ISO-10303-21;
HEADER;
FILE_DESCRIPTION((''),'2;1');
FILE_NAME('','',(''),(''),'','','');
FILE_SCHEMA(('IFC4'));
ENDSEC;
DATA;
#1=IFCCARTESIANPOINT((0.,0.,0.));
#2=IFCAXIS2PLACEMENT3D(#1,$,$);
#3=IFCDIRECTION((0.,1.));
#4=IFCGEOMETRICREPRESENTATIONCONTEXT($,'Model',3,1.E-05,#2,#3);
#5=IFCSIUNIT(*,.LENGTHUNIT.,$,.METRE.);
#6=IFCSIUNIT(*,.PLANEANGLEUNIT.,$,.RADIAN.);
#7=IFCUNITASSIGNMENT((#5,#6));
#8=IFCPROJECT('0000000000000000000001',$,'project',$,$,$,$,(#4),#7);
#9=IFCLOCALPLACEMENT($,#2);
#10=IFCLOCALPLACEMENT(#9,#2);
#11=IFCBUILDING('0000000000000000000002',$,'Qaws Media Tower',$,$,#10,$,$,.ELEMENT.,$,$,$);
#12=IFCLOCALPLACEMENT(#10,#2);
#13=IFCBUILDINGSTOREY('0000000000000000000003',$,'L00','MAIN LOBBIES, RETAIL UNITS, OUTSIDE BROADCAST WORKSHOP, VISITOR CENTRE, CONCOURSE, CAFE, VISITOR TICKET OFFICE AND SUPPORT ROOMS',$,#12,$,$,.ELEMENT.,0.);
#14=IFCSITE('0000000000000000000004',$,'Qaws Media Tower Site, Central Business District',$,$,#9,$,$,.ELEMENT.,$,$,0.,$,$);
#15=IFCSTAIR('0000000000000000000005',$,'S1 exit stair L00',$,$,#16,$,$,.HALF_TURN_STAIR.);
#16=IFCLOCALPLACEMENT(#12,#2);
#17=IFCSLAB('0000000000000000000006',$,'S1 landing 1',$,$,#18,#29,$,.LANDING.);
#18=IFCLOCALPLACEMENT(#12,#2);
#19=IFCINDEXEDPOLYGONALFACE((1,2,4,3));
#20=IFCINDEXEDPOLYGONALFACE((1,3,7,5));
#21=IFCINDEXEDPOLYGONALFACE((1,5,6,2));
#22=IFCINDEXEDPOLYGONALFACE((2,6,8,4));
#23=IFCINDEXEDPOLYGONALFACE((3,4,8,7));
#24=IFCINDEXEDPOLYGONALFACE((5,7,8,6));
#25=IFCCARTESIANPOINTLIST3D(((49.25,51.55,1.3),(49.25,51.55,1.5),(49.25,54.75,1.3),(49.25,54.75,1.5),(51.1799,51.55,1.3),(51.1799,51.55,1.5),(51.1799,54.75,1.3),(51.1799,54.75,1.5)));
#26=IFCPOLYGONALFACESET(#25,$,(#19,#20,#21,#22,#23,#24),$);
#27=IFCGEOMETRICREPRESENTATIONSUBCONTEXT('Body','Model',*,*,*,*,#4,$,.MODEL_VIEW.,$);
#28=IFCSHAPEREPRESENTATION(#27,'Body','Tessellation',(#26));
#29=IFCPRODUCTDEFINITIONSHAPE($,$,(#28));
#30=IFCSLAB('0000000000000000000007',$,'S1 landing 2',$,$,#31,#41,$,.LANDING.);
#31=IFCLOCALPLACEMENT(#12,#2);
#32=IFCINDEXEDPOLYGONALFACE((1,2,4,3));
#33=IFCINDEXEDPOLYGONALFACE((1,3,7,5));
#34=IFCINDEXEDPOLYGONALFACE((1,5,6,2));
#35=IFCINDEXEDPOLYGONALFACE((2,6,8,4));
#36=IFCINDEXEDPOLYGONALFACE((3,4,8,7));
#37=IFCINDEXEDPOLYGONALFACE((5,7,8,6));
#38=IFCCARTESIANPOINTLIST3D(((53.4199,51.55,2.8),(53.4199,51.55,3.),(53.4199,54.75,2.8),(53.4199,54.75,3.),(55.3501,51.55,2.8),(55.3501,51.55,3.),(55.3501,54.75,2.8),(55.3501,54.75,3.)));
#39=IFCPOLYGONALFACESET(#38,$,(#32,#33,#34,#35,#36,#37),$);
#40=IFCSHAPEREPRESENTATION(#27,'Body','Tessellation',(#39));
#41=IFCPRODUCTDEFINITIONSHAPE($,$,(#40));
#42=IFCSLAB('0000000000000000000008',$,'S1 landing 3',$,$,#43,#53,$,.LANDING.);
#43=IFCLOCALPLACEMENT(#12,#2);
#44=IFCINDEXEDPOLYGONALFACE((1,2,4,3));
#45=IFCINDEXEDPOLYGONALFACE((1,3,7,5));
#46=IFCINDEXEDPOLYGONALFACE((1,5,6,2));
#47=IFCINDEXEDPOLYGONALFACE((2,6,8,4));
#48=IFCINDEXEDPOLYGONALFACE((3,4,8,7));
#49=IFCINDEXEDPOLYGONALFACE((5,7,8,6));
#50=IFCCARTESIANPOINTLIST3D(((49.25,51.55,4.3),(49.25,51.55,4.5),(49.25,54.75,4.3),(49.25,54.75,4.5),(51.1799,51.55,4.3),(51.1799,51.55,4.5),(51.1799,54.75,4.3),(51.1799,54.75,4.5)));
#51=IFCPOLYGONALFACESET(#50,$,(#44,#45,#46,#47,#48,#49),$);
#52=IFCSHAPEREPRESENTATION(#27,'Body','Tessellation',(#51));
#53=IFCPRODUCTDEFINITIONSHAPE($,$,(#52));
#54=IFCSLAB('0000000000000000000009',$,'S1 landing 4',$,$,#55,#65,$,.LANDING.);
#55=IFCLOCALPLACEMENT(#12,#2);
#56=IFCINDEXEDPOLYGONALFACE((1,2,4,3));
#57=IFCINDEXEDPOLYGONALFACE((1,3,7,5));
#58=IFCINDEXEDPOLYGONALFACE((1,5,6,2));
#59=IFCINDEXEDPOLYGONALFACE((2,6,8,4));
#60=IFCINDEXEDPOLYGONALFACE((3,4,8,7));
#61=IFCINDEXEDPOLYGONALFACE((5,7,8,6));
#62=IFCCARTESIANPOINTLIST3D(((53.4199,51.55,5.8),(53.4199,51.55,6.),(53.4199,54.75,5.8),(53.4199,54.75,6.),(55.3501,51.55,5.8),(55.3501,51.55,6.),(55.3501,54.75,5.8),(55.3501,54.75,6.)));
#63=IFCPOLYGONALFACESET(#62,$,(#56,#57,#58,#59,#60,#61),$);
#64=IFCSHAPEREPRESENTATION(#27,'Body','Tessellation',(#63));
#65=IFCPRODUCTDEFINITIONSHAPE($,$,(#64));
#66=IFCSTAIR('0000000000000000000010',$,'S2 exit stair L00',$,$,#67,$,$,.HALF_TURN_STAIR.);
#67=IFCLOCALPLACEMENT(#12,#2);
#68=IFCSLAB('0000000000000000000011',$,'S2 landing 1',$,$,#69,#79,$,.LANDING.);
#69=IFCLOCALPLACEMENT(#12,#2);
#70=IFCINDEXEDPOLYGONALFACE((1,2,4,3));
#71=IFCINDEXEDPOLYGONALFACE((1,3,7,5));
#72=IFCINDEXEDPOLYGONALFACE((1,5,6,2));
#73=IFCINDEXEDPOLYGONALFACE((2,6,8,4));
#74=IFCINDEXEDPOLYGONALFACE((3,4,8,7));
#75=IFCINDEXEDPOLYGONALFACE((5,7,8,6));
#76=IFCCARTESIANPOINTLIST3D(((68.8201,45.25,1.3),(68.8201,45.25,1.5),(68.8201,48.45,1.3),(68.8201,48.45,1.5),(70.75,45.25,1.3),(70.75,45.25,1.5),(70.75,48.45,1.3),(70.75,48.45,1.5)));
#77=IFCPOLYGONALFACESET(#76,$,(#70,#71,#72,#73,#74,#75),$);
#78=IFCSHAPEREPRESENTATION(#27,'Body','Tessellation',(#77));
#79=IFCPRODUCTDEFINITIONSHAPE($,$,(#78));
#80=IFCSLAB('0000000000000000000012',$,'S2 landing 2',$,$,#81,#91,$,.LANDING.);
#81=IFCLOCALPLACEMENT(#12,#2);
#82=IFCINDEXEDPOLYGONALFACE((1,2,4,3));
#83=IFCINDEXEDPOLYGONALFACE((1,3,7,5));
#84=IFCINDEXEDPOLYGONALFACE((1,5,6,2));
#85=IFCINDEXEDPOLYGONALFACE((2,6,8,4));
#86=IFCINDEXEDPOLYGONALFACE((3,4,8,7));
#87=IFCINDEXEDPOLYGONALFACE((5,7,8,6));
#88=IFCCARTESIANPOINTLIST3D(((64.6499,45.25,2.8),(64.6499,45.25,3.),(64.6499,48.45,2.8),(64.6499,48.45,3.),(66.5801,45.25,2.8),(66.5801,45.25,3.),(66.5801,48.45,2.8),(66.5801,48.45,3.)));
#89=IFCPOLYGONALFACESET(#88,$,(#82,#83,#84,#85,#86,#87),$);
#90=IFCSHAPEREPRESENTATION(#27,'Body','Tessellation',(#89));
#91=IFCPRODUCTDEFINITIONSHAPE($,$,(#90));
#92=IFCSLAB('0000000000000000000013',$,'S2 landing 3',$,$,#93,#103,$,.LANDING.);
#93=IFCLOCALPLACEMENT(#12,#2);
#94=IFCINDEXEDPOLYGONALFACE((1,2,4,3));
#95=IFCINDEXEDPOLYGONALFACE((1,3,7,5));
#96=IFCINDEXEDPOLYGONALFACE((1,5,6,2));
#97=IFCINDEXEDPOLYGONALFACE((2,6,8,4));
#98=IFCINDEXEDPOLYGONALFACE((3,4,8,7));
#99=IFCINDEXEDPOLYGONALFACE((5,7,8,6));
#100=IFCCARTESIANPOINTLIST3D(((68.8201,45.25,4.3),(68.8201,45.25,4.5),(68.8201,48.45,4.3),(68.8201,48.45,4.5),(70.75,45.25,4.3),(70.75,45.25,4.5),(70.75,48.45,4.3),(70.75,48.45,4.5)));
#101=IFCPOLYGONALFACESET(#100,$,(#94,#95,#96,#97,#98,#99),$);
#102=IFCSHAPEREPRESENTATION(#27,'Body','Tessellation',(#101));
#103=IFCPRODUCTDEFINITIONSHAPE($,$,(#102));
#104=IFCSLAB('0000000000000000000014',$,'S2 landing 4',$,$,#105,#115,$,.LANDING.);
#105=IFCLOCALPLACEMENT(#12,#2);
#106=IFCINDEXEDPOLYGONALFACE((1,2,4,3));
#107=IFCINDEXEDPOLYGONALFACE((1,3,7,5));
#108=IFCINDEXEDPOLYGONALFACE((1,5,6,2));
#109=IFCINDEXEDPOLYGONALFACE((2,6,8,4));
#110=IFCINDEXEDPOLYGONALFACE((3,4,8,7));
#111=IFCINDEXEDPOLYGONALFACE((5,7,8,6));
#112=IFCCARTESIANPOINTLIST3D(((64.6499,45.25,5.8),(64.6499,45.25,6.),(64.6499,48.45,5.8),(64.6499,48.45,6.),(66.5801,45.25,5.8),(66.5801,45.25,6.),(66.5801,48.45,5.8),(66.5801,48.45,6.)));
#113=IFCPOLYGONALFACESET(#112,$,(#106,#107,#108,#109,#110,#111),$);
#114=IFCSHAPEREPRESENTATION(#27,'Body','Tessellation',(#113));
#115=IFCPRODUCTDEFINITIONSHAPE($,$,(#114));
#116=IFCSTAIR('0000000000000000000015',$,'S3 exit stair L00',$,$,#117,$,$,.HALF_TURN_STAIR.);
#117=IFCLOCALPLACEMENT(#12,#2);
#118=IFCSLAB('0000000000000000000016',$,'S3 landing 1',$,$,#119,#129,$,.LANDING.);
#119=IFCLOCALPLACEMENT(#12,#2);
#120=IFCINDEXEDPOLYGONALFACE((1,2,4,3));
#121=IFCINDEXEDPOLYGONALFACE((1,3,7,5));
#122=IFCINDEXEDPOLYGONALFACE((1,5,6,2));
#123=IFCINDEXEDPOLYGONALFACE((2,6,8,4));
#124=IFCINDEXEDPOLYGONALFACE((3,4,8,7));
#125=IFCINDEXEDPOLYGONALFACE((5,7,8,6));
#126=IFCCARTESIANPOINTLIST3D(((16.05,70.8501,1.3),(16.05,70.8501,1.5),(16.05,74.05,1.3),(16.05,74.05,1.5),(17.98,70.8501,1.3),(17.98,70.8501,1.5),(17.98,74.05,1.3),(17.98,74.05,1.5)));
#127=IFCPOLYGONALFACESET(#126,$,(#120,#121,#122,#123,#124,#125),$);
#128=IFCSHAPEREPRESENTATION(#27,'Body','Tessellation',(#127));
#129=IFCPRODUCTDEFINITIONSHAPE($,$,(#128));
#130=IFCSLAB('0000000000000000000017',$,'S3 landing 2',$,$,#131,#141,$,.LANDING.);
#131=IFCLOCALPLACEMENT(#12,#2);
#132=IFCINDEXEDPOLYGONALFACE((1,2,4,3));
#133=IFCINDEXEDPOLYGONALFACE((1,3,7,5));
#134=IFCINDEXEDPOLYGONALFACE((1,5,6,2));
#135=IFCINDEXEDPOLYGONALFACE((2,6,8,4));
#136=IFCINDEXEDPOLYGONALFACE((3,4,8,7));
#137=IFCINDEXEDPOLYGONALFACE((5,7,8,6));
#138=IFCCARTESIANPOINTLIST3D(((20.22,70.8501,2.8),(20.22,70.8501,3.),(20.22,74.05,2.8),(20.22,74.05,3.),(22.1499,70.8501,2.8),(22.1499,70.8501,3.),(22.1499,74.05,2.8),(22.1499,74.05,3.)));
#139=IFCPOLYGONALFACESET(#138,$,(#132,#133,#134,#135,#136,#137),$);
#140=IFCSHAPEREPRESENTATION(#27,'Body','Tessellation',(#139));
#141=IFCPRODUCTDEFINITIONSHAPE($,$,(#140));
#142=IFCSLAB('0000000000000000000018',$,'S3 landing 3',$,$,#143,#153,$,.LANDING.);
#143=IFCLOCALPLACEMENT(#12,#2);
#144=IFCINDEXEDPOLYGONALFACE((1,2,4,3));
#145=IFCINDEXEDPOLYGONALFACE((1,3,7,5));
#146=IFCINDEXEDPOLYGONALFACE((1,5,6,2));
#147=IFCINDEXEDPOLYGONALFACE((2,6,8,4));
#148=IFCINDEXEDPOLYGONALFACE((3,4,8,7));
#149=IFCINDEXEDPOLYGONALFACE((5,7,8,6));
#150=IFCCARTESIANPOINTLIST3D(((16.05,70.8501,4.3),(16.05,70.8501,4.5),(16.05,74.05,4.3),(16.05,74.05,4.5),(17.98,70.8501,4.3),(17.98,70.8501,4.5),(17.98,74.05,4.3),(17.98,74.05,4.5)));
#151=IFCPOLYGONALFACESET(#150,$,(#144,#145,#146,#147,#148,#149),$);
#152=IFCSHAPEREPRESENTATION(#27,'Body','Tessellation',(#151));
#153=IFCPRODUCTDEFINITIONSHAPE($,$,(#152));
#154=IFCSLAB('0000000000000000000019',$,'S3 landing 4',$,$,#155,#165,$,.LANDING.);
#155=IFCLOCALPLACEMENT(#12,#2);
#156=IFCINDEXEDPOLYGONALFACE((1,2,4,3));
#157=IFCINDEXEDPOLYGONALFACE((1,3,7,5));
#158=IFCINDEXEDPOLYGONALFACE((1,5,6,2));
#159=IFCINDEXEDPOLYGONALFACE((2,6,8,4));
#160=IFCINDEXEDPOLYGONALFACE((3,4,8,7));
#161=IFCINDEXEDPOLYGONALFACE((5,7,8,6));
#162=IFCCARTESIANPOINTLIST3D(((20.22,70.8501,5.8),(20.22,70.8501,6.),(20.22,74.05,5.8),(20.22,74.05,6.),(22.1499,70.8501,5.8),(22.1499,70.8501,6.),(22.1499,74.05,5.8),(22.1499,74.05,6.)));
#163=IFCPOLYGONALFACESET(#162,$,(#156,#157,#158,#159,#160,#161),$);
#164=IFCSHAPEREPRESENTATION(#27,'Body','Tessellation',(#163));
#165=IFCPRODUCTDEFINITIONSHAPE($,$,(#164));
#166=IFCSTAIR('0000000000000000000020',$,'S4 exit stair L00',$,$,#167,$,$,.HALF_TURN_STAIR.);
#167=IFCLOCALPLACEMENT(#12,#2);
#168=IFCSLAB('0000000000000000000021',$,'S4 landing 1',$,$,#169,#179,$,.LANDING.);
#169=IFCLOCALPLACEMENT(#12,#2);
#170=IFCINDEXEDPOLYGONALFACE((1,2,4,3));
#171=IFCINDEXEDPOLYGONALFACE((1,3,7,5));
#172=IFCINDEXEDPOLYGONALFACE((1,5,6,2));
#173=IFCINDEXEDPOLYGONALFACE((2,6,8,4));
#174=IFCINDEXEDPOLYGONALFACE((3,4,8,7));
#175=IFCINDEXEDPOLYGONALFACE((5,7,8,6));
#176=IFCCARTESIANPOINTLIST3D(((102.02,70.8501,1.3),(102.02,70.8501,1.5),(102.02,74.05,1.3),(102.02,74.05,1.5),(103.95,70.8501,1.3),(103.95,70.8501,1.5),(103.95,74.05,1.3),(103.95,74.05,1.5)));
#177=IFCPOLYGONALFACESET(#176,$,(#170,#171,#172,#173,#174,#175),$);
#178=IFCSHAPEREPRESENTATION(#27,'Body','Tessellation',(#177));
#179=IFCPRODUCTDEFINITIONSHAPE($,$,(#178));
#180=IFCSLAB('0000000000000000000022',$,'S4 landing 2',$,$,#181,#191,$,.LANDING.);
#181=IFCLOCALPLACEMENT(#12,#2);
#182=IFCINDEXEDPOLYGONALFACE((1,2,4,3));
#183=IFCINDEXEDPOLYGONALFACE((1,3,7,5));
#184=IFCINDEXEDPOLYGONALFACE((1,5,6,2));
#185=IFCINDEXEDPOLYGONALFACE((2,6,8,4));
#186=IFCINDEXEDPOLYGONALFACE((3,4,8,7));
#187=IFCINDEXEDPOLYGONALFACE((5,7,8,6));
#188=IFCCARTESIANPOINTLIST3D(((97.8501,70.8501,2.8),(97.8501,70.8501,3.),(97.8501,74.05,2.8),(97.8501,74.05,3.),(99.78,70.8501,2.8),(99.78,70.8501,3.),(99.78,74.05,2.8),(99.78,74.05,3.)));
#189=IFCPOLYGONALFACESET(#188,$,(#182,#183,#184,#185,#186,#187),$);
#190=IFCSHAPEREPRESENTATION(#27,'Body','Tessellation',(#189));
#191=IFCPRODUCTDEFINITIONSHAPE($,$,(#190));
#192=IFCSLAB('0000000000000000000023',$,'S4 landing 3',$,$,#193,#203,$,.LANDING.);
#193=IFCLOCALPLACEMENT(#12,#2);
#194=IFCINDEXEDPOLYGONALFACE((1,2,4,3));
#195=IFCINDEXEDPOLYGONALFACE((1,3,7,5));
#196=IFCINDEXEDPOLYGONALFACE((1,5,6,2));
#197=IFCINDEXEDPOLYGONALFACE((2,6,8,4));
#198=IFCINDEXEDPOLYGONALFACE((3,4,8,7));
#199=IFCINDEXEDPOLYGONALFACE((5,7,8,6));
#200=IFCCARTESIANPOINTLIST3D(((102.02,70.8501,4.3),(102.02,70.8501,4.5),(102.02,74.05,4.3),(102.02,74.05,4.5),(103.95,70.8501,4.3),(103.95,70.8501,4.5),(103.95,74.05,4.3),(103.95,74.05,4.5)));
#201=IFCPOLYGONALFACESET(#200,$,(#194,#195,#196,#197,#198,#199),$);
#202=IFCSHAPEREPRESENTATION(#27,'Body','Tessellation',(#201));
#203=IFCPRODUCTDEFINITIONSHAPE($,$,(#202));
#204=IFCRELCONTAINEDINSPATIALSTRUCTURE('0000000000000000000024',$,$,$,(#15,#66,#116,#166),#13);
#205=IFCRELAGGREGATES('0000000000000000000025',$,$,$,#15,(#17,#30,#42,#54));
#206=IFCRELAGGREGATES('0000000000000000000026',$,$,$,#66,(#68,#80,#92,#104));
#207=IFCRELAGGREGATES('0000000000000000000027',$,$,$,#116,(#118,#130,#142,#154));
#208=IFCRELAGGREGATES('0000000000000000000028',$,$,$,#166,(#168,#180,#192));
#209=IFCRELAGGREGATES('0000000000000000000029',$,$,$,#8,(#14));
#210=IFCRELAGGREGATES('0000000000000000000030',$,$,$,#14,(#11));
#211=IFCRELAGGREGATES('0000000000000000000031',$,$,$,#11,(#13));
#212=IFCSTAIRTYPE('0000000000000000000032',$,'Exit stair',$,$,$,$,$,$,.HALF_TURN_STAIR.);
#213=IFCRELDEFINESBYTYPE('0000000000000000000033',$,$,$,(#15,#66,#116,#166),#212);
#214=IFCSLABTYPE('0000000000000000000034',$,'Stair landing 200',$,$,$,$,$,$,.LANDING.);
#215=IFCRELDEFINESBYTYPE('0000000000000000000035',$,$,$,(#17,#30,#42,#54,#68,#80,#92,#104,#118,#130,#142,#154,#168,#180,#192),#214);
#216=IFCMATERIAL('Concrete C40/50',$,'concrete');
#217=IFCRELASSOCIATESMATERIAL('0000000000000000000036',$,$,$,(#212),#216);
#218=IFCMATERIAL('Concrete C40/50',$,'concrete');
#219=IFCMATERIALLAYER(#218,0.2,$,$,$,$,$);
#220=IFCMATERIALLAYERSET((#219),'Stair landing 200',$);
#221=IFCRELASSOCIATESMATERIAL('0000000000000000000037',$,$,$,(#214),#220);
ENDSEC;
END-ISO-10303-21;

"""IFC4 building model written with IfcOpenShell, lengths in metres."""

from ifc_helpers import new_model, si_unit, direction, frame, origin, place, context, subcontext, project, spatial, polyline, outline, extrude, material, layer, layer_set, type_object, element, aggregate, save


model = new_model("IFC4")

# Units and contexts
model_context = context("Model", 3, precision=1e-05, world=origin(), true_north=direction((0.0, 1.0)))
body_context = subcontext(model_context, "Body", "Model", "MODEL_VIEW")
ifc_project = project(units=[si_unit("LENGTHUNIT", "METRE"), si_unit("PLANEANGLEUNIT", "RADIAN")], contexts=[model_context])

# Site, building, storey
site_placement = place(None, origin())
site = spatial("IfcSite", under=ifc_project, at=site_placement, Name="Qaws Media Tower Site, Central Business District", CompositionType="ELEMENT", RefElevation=0.0)
building_placement = place(site_placement, origin())
building = spatial("IfcBuilding", under=site, at=building_placement, Name="Qaws Media Tower", CompositionType="ELEMENT")
storey_placement = place(building_placement, origin())
storey = spatial("IfcBuildingStorey", under=building, at=storey_placement, Name="L00", Description="MAIN LOBBIES, RETAIL UNITS, OUTSIDE BROADCAST WORKSHOP, VISITOR CENTRE, CONCOURSE, CAFE, VISITOR TICKET OFFICE AND SUPPORT ROOMS", CompositionType="ELEMENT", Elevation=0.0)

# Stairs, slabs
ifc_material_1 = material(Name="Concrete C40/50", Category="concrete")
stair_type = type_object("IfcStairType", Name="Exit stair", PredefinedType="HALF_TURN_STAIR", material=ifc_material_1)
stair_1_placement = place(storey_placement, origin())
stair_1 = element("IfcStair", 1, at=stair_1_placement, inside=storey, type_object=stair_type, Name="S1 exit stair L00", PredefinedType="HALF_TURN_STAIR")
ifc_material_2 = material(Name="Concrete C40/50", Category="concrete")
ifc_layer_1 = layer(ifc_material_2, 0.2)
ifc_layer_set_1 = layer_set([ifc_layer_1], Name="Stair landing 200")
slab_type = type_object("IfcSlabType", Name="Stair landing 200", PredefinedType="LANDING", material=ifc_layer_set_1)
slab_1_placement = place(storey_placement, frame((0.0, 0.0, 1.3)))
slab_1 = element("IfcSlab", 2, at=slab_1_placement, type_object=slab_type, Name="S1 landing 1", PredefinedType="LANDING", context=body_context, shape_type="SweptSolid", body=[
    extrude(outline(polyline([(49.25, 51.55), (51.1799, 51.55), (51.1799, 54.75), (49.25, 54.75), (49.25, 51.55)])), origin(), (0.0, 0.0, 1.0), 0.2),
])
slab_2_placement = place(storey_placement, frame((0.0, 0.0, 2.8)))
slab_2 = element("IfcSlab", 3, at=slab_2_placement, type_object=slab_type, Name="S1 landing 2", PredefinedType="LANDING", context=body_context, shape_type="SweptSolid", body=[
    extrude(outline(polyline([(53.4199, 51.55), (55.3501, 51.55), (55.3501, 54.75), (53.4199, 54.75), (53.4199, 51.55)])), origin(), (0.0, 0.0, 1.0), 0.2),
])
slab_3_placement = place(storey_placement, frame((0.0, 0.0, 4.3)))
slab_3 = element("IfcSlab", 4, at=slab_3_placement, type_object=slab_type, Name="S1 landing 3", PredefinedType="LANDING", context=body_context, shape_type="SweptSolid", body=[
    extrude(outline(polyline([(49.25, 51.55), (51.1799, 51.55), (51.1799, 54.75), (49.25, 54.75), (49.25, 51.55)])), origin(), (0.0, 0.0, 1.0), 0.2),
])
slab_4_placement = place(storey_placement, frame((0.0, 0.0, 5.8)))
slab_4 = element("IfcSlab", 5, at=slab_4_placement, type_object=slab_type, Name="S1 landing 4", PredefinedType="LANDING", context=body_context, shape_type="SweptSolid", body=[
    extrude(outline(polyline([(53.4199, 51.55), (55.3501, 51.55), (55.3501, 54.75), (53.4199, 54.75), (53.4199, 51.55)])), origin(), (0.0, 0.0, 1.0), 0.2),
])
aggregate(stair_1, [slab_1, slab_2, slab_3, slab_4])
stair_2_placement = place(storey_placement, origin())
stair_2 = element("IfcStair", 6, at=stair_2_placement, inside=storey, type_object=stair_type, Name="S2 exit stair L00", PredefinedType="HALF_TURN_STAIR")
slab_5_placement = place(storey_placement, frame((0.0, 0.0, 1.3)))
slab_5 = element("IfcSlab", 7, at=slab_5_placement, type_object=slab_type, Name="S2 landing 1", PredefinedType="LANDING", context=body_context, shape_type="SweptSolid", body=[
    extrude(outline(polyline([(68.8201, 45.25), (70.75, 45.25), (70.75, 48.45), (68.8201, 48.45), (68.8201, 45.25)])), origin(), (0.0, 0.0, 1.0), 0.2),
])
slab_6_placement = place(storey_placement, frame((0.0, 0.0, 2.8)))
slab_6 = element("IfcSlab", 8, at=slab_6_placement, type_object=slab_type, Name="S2 landing 2", PredefinedType="LANDING", context=body_context, shape_type="SweptSolid", body=[
    extrude(outline(polyline([(64.6499, 45.25), (66.5801, 45.25), (66.5801, 48.45), (64.6499, 48.45), (64.6499, 45.25)])), origin(), (0.0, 0.0, 1.0), 0.2),
])
slab_7_placement = place(storey_placement, frame((0.0, 0.0, 4.3)))
slab_7 = element("IfcSlab", 9, at=slab_7_placement, type_object=slab_type, Name="S2 landing 3", PredefinedType="LANDING", context=body_context, shape_type="SweptSolid", body=[
    extrude(outline(polyline([(68.8201, 45.25), (70.75, 45.25), (70.75, 48.45), (68.8201, 48.45), (68.8201, 45.25)])), origin(), (0.0, 0.0, 1.0), 0.2),
])
slab_8_placement = place(storey_placement, frame((0.0, 0.0, 5.8)))
slab_8 = element("IfcSlab", 10, at=slab_8_placement, type_object=slab_type, Name="S2 landing 4", PredefinedType="LANDING", context=body_context, shape_type="SweptSolid", body=[
    extrude(outline(polyline([(64.6499, 45.25), (66.5801, 45.25), (66.5801, 48.45), (64.6499, 48.45), (64.6499, 45.25)])), origin(), (0.0, 0.0, 1.0), 0.2),
])
aggregate(stair_2, [slab_5, slab_6, slab_7, slab_8])
stair_3_placement = place(storey_placement, origin())
stair_3 = element("IfcStair", 11, at=stair_3_placement, inside=storey, type_object=stair_type, Name="S3 exit stair L00", PredefinedType="HALF_TURN_STAIR")
slab_9_placement = place(storey_placement, frame((0.0, 0.0, 1.3)))
slab_9 = element("IfcSlab", 12, at=slab_9_placement, type_object=slab_type, Name="S3 landing 1", PredefinedType="LANDING", context=body_context, shape_type="SweptSolid", body=[
    extrude(outline(polyline([(16.05, 70.8501), (17.98, 70.8501), (17.98, 74.05), (16.05, 74.05), (16.05, 70.8501)])), origin(), (0.0, 0.0, 1.0), 0.2),
])
slab_10_placement = place(storey_placement, frame((0.0, 0.0, 2.8)))
slab_10 = element("IfcSlab", 13, at=slab_10_placement, type_object=slab_type, Name="S3 landing 2", PredefinedType="LANDING", context=body_context, shape_type="SweptSolid", body=[
    extrude(outline(polyline([(20.22, 70.8501), (22.1499, 70.8501), (22.1499, 74.05), (20.22, 74.05), (20.22, 70.8501)])), origin(), (0.0, 0.0, 1.0), 0.2),
])
slab_11_placement = place(storey_placement, frame((0.0, 0.0, 4.3)))
slab_11 = element("IfcSlab", 14, at=slab_11_placement, type_object=slab_type, Name="S3 landing 3", PredefinedType="LANDING", context=body_context, shape_type="SweptSolid", body=[
    extrude(outline(polyline([(16.05, 70.8501), (17.98, 70.8501), (17.98, 74.05), (16.05, 74.05), (16.05, 70.8501)])), origin(), (0.0, 0.0, 1.0), 0.2),
])
slab_12_placement = place(storey_placement, frame((0.0, 0.0, 5.8)))
slab_12 = element("IfcSlab", 15, at=slab_12_placement, type_object=slab_type, Name="S3 landing 4", PredefinedType="LANDING", context=body_context, shape_type="SweptSolid", body=[
    extrude(outline(polyline([(20.22, 70.8501), (22.1499, 70.8501), (22.1499, 74.05), (20.22, 74.05), (20.22, 70.8501)])), origin(), (0.0, 0.0, 1.0), 0.2),
])
aggregate(stair_3, [slab_9, slab_10, slab_11, slab_12])
stair_4_placement = place(storey_placement, origin())
stair_4 = element("IfcStair", 16, at=stair_4_placement, inside=storey, type_object=stair_type, Name="S4 exit stair L00", PredefinedType="HALF_TURN_STAIR")
slab_13_placement = place(storey_placement, frame((0.0, 0.0, 1.3)))
slab_13 = element("IfcSlab", 17, at=slab_13_placement, type_object=slab_type, Name="S4 landing 1", PredefinedType="LANDING", context=body_context, shape_type="SweptSolid", body=[
    extrude(outline(polyline([(102.02, 70.8501), (103.95, 70.8501), (103.95, 74.05), (102.02, 74.05), (102.02, 70.8501)])), origin(), (0.0, 0.0, 1.0), 0.2),
])
slab_14_placement = place(storey_placement, frame((0.0, 0.0, 2.8)))
slab_14 = element("IfcSlab", 18, at=slab_14_placement, type_object=slab_type, Name="S4 landing 2", PredefinedType="LANDING", context=body_context, shape_type="SweptSolid", body=[
    extrude(outline(polyline([(97.8501, 70.8501), (99.78, 70.8501), (99.78, 74.05), (97.8501, 74.05), (97.8501, 70.8501)])), origin(), (0.0, 0.0, 1.0), 0.2),
])
slab_15_placement = place(storey_placement, frame((0.0, 0.0, 4.3)))
slab_15 = element("IfcSlab", 19, at=slab_15_placement, type_object=slab_type, Name="S4 landing 3", PredefinedType="LANDING", context=body_context, shape_type="SweptSolid", body=[
    extrude(outline(polyline([(102.02, 70.8501), (103.95, 70.8501), (103.95, 74.05), (102.02, 74.05), (102.02, 70.8501)])), origin(), (0.0, 0.0, 1.0), 0.2),
])
aggregate(stair_4, [slab_13, slab_14, slab_15])

save(model, "model.ifc")
